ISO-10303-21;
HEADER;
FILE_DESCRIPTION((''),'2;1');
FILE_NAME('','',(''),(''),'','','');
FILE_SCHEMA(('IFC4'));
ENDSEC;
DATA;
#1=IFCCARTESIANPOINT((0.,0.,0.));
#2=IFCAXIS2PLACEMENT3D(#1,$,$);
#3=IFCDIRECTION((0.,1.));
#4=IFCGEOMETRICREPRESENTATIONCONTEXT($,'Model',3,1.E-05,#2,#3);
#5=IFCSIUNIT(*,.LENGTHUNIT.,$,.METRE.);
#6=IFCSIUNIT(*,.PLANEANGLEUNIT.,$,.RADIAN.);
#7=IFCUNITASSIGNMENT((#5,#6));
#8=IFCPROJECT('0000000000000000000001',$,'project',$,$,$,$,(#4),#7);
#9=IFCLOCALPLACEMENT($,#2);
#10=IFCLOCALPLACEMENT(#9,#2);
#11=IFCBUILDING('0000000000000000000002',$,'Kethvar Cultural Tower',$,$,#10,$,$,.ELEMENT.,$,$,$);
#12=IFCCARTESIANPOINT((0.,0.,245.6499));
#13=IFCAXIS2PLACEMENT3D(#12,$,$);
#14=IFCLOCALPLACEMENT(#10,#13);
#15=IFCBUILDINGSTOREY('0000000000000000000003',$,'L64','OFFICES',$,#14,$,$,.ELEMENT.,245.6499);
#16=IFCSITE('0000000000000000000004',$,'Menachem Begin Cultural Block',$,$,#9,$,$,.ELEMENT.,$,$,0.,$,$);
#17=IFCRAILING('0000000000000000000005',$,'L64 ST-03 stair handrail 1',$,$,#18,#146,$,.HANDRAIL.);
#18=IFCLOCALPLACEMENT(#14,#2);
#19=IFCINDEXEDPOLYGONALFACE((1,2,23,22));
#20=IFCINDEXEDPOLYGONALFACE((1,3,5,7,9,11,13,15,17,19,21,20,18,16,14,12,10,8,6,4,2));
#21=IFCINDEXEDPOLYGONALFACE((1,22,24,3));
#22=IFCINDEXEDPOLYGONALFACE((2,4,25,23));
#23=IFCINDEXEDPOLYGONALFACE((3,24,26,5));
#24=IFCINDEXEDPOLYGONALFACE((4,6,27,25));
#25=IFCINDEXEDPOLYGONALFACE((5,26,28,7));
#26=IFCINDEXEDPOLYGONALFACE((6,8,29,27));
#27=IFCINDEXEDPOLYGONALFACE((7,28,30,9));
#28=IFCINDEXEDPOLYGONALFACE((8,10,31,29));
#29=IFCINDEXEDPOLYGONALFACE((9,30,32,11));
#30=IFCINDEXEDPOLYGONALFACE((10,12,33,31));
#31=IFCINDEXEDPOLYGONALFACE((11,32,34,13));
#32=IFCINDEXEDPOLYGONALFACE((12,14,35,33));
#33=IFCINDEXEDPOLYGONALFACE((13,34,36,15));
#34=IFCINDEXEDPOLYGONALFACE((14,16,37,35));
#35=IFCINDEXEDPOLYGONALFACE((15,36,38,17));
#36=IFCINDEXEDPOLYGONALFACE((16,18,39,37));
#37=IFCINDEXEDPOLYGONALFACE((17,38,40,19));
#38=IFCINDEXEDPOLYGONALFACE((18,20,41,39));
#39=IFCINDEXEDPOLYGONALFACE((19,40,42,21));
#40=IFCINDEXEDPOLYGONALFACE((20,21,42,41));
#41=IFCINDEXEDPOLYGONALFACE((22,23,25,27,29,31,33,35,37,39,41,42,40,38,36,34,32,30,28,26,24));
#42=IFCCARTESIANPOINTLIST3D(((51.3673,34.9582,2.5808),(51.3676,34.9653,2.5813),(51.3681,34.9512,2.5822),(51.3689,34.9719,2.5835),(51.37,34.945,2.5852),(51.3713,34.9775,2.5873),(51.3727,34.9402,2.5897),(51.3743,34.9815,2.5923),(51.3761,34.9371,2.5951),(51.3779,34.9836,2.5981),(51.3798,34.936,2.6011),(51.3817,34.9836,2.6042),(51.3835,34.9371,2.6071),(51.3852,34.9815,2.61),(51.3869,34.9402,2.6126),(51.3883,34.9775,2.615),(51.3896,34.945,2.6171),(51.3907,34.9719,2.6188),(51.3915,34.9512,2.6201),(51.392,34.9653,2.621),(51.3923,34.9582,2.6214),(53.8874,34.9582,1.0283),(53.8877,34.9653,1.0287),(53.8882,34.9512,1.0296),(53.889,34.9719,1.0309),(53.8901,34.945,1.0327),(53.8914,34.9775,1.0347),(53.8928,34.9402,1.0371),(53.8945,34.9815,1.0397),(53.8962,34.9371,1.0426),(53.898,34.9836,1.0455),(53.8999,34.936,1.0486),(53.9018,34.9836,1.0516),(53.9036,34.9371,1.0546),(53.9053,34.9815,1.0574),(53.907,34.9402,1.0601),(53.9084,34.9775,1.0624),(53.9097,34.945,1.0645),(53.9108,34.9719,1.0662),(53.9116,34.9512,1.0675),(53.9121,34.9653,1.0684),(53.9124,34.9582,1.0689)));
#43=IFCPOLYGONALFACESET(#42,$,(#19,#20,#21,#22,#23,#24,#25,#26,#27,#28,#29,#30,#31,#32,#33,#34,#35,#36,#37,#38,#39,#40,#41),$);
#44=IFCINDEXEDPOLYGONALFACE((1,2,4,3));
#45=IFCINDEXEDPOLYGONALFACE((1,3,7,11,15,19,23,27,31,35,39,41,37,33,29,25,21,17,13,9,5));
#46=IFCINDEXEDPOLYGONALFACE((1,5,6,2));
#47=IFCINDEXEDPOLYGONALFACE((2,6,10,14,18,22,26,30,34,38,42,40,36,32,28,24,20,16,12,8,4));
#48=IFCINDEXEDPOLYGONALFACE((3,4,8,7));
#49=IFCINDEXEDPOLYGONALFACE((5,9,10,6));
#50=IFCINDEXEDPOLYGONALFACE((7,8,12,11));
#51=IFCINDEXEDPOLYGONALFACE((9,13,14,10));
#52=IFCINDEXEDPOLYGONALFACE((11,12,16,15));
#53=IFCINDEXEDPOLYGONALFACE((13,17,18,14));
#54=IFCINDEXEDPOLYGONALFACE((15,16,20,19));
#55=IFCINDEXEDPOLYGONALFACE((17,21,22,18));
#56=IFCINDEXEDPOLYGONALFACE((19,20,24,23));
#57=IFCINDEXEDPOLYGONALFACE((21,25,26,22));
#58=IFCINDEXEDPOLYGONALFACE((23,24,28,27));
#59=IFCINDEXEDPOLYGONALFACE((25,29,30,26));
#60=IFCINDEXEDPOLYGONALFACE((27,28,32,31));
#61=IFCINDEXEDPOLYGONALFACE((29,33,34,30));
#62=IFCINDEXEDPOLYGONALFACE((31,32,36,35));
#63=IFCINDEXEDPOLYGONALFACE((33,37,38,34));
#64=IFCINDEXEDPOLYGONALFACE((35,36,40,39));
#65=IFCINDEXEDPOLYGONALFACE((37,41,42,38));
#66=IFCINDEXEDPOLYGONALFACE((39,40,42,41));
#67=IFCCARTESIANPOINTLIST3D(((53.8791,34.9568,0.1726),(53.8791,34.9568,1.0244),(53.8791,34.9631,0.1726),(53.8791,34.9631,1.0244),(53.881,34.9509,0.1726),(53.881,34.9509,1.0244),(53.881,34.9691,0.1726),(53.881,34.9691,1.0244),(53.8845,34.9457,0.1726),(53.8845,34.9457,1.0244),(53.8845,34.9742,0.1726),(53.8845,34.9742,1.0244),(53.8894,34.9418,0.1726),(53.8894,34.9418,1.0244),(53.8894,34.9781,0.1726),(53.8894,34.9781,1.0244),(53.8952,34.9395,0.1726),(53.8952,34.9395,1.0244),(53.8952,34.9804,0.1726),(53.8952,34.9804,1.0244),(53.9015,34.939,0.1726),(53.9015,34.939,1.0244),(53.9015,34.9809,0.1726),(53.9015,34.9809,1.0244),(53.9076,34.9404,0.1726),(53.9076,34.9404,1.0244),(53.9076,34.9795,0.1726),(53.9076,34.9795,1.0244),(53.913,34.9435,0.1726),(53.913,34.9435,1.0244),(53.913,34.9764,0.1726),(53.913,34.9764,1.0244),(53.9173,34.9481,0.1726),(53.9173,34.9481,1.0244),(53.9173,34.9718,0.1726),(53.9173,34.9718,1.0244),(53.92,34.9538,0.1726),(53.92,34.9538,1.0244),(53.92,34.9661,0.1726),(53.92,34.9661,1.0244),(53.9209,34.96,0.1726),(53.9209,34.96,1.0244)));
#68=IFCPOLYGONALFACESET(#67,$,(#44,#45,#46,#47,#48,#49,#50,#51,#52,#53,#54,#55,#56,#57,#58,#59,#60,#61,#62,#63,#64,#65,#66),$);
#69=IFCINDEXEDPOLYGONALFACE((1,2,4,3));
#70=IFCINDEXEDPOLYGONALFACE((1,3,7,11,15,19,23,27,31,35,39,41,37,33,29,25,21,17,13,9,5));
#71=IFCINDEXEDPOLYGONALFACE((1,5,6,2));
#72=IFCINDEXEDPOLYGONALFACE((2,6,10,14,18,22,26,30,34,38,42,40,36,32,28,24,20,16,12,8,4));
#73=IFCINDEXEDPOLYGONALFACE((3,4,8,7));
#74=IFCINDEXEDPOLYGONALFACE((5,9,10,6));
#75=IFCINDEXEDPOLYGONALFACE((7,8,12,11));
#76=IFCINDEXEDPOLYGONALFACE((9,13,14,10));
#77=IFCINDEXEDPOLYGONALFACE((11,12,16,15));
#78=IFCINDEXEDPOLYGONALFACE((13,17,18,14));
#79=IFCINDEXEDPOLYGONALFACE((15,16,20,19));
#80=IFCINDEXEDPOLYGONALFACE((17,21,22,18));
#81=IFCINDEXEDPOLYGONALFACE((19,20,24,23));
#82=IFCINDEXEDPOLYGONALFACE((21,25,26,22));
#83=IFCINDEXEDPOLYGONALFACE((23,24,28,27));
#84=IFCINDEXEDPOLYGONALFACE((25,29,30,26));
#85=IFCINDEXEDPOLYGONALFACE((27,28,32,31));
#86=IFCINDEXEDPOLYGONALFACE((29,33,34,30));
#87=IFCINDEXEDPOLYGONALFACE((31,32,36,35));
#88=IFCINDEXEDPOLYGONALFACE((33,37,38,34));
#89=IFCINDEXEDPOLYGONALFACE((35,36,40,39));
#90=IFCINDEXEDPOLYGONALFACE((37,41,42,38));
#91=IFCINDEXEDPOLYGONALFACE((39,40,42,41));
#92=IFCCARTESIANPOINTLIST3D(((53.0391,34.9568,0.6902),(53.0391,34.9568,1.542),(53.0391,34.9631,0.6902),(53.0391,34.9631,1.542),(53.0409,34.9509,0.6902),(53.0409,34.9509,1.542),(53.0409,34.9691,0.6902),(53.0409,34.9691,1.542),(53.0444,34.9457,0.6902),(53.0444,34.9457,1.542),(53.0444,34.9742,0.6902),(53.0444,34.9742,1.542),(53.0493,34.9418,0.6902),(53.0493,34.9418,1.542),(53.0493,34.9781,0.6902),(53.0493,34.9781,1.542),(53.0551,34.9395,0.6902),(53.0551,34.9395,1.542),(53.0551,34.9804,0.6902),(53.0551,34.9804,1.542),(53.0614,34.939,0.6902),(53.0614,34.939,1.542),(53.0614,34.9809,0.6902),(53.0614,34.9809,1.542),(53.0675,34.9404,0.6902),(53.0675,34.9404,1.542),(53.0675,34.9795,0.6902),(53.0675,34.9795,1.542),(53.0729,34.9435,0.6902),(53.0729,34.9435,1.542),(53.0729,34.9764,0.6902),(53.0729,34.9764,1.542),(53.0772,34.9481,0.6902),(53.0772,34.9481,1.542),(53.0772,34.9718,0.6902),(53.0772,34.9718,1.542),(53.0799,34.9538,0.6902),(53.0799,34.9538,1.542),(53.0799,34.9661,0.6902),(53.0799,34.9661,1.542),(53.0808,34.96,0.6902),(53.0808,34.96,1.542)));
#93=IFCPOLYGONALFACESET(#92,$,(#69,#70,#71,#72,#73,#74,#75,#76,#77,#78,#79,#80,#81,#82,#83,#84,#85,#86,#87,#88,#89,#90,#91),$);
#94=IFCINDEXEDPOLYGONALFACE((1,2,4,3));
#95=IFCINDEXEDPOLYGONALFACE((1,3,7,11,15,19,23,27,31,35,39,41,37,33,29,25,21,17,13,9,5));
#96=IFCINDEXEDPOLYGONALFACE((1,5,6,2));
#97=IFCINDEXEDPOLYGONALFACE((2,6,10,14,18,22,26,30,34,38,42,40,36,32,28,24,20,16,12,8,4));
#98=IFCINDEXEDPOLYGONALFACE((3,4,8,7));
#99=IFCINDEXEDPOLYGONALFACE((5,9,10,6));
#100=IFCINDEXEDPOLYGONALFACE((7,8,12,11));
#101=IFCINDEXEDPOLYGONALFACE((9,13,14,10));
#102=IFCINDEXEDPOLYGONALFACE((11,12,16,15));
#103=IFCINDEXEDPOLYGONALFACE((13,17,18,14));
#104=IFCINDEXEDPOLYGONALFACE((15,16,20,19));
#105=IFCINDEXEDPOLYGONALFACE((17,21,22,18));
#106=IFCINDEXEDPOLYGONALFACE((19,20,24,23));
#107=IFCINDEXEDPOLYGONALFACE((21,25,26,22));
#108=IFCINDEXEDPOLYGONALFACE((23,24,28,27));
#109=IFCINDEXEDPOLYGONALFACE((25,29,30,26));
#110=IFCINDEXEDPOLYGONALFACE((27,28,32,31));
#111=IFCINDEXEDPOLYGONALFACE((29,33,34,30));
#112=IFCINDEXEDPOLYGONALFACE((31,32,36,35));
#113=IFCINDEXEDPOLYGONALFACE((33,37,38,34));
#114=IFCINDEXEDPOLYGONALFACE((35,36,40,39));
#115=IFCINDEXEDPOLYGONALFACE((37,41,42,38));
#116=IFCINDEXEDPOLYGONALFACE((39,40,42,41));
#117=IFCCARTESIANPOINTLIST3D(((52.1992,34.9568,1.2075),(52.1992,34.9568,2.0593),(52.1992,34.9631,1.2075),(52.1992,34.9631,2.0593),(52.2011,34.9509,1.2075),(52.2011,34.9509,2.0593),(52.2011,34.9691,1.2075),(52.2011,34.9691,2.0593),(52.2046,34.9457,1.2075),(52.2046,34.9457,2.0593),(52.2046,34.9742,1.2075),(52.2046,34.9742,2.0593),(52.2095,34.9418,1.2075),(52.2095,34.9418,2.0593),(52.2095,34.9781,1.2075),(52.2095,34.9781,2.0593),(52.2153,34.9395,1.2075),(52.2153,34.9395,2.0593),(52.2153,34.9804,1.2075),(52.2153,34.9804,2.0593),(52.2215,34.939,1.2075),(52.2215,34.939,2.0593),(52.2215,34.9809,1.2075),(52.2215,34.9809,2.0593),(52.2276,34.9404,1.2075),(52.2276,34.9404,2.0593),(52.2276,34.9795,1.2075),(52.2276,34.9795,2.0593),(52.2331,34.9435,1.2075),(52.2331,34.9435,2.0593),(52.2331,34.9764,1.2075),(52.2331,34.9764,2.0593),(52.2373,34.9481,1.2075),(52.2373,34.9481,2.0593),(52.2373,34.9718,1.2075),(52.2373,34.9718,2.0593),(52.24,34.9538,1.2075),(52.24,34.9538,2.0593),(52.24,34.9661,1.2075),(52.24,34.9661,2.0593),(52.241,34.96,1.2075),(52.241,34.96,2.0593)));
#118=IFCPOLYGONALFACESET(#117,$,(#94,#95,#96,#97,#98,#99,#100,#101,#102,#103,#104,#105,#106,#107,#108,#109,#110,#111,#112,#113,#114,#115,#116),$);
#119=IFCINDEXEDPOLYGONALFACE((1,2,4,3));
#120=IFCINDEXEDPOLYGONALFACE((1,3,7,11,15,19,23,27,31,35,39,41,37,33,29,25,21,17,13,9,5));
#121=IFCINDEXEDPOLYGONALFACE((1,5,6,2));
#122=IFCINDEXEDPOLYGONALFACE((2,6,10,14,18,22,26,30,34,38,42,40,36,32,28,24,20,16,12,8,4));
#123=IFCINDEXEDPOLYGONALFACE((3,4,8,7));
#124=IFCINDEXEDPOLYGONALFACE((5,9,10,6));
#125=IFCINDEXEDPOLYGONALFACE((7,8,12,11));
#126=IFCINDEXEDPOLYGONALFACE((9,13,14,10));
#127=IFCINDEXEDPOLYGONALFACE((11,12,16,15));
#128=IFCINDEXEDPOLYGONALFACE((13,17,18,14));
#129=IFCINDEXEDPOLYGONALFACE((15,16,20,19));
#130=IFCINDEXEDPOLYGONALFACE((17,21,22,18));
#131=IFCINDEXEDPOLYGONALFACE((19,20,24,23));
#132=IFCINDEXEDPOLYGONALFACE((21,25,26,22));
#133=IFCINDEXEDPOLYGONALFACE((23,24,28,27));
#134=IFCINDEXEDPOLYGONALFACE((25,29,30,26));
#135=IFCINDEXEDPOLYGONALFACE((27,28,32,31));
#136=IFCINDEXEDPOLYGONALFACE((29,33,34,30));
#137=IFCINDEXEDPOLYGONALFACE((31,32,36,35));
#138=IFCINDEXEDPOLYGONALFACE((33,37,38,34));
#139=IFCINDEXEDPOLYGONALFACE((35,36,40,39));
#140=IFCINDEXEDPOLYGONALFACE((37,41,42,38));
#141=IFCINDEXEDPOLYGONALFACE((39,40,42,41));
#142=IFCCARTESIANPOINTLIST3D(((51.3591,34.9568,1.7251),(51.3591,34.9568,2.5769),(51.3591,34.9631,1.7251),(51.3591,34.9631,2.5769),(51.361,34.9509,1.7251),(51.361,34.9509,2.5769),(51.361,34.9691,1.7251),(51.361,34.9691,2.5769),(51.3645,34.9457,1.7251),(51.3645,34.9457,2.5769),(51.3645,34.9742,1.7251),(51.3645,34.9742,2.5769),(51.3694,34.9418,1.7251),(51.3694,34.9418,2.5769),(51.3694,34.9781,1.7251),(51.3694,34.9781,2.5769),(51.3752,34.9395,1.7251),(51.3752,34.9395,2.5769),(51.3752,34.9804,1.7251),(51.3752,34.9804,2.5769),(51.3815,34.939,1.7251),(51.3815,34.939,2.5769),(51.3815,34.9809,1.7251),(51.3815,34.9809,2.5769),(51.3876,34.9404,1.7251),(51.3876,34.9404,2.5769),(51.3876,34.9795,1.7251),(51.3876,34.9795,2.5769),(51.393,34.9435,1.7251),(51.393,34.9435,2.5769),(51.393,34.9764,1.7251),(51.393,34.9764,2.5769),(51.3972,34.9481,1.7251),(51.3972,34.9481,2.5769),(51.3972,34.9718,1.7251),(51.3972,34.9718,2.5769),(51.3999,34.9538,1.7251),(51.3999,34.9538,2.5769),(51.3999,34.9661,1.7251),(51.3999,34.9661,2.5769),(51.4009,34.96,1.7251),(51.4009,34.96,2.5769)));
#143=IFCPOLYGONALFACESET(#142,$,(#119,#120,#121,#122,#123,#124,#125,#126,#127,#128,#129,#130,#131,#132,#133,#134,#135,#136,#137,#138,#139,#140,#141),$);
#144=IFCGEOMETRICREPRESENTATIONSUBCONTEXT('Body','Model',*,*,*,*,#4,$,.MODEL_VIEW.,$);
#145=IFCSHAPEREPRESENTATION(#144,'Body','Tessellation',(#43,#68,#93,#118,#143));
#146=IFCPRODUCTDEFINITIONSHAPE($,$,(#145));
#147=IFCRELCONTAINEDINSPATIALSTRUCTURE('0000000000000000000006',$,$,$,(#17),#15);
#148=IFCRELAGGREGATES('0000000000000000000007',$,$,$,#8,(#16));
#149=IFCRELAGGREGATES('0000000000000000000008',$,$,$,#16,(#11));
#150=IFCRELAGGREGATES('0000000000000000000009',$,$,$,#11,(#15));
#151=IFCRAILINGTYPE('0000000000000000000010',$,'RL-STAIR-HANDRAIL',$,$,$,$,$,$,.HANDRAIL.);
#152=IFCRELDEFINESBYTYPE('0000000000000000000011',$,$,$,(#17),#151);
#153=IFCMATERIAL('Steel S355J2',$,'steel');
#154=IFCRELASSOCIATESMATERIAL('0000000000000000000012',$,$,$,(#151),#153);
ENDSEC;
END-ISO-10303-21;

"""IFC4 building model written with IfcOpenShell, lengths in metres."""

from ifc_helpers import new_model, si_unit, direction, frame, origin, origin_2d, place, context, subcontext, project, spatial, circle, extrude, material, type_object, element, save


model = new_model("IFC4")

# Units and contexts
model_context = context("Model", 3, precision=1e-05, world=origin(), true_north=direction((0.0, 1.0)))
body_context = subcontext(model_context, "Body", "Model", "MODEL_VIEW")
ifc_project = project(units=[si_unit("LENGTHUNIT", "METRE"), si_unit("PLANEANGLEUNIT", "RADIAN")], contexts=[model_context])

# Site, building, storey
site_placement = place(None, origin())
site = spatial("IfcSite", under=ifc_project, at=site_placement, Name="Menachem Begin Cultural Block", CompositionType="ELEMENT", RefElevation=0.0)
building_placement = place(site_placement, origin())
building = spatial("IfcBuilding", under=site, at=building_placement, Name="Kethvar Cultural Tower", CompositionType="ELEMENT")
storey_placement = place(building_placement, frame((0.0, 0.0, 245.6499)))
storey = spatial("IfcBuildingStorey", under=building, at=storey_placement, Name="L64", Description="OFFICES", CompositionType="ELEMENT", Elevation=245.6499)

# Shared definitions
ifc_material_1 = material(Name="Steel S355J2", Category="steel")

# Railing
railing_type_1 = type_object("IfcRailingType", Name="RL-STAIR-HANDRAIL", PredefinedType="HANDRAIL", material=ifc_material_1)
railing_1_placement = place(storey_placement, frame((53.8999, 34.96, 0.1726)))
element("IfcRailing", 1, at=railing_1_placement, inside=storey, type_object=railing_type_1, Name="L64 ST-03 stair handrail 1", PredefinedType="HANDRAIL", context=body_context, shape_type="SweptSolid", body=[
    extrude(circle(Radius=0.0239, at=origin_2d()), frame((0.0, 0.0, 0.876), z_axis=(-0.8514, 0.0, 0.524516), x_axis=(0.0, -1.0, 0.0)), (0.0, 0.0, 1.0), 2.96),
    extrude(circle(Radius=0.021, at=origin_2d()), origin(), (0.0, 0.0, 1.0), 0.8518),
    extrude(circle(Radius=0.021, at=origin_2d()), frame((-0.8401, 0.0, 0.5176)), (0.0, 0.0, 1.0), 0.8518),
    extrude(circle(Radius=0.021, at=origin_2d()), frame((-1.6799, 0.0, 1.0349)), (0.0, 0.0, 1.0), 0.8518),
    extrude(circle(Radius=0.021, at=origin_2d()), frame((-2.52, 0.0, 1.5525)), (0.0, 0.0, 1.0), 0.8518),
])

save(model, "model.ifc")
